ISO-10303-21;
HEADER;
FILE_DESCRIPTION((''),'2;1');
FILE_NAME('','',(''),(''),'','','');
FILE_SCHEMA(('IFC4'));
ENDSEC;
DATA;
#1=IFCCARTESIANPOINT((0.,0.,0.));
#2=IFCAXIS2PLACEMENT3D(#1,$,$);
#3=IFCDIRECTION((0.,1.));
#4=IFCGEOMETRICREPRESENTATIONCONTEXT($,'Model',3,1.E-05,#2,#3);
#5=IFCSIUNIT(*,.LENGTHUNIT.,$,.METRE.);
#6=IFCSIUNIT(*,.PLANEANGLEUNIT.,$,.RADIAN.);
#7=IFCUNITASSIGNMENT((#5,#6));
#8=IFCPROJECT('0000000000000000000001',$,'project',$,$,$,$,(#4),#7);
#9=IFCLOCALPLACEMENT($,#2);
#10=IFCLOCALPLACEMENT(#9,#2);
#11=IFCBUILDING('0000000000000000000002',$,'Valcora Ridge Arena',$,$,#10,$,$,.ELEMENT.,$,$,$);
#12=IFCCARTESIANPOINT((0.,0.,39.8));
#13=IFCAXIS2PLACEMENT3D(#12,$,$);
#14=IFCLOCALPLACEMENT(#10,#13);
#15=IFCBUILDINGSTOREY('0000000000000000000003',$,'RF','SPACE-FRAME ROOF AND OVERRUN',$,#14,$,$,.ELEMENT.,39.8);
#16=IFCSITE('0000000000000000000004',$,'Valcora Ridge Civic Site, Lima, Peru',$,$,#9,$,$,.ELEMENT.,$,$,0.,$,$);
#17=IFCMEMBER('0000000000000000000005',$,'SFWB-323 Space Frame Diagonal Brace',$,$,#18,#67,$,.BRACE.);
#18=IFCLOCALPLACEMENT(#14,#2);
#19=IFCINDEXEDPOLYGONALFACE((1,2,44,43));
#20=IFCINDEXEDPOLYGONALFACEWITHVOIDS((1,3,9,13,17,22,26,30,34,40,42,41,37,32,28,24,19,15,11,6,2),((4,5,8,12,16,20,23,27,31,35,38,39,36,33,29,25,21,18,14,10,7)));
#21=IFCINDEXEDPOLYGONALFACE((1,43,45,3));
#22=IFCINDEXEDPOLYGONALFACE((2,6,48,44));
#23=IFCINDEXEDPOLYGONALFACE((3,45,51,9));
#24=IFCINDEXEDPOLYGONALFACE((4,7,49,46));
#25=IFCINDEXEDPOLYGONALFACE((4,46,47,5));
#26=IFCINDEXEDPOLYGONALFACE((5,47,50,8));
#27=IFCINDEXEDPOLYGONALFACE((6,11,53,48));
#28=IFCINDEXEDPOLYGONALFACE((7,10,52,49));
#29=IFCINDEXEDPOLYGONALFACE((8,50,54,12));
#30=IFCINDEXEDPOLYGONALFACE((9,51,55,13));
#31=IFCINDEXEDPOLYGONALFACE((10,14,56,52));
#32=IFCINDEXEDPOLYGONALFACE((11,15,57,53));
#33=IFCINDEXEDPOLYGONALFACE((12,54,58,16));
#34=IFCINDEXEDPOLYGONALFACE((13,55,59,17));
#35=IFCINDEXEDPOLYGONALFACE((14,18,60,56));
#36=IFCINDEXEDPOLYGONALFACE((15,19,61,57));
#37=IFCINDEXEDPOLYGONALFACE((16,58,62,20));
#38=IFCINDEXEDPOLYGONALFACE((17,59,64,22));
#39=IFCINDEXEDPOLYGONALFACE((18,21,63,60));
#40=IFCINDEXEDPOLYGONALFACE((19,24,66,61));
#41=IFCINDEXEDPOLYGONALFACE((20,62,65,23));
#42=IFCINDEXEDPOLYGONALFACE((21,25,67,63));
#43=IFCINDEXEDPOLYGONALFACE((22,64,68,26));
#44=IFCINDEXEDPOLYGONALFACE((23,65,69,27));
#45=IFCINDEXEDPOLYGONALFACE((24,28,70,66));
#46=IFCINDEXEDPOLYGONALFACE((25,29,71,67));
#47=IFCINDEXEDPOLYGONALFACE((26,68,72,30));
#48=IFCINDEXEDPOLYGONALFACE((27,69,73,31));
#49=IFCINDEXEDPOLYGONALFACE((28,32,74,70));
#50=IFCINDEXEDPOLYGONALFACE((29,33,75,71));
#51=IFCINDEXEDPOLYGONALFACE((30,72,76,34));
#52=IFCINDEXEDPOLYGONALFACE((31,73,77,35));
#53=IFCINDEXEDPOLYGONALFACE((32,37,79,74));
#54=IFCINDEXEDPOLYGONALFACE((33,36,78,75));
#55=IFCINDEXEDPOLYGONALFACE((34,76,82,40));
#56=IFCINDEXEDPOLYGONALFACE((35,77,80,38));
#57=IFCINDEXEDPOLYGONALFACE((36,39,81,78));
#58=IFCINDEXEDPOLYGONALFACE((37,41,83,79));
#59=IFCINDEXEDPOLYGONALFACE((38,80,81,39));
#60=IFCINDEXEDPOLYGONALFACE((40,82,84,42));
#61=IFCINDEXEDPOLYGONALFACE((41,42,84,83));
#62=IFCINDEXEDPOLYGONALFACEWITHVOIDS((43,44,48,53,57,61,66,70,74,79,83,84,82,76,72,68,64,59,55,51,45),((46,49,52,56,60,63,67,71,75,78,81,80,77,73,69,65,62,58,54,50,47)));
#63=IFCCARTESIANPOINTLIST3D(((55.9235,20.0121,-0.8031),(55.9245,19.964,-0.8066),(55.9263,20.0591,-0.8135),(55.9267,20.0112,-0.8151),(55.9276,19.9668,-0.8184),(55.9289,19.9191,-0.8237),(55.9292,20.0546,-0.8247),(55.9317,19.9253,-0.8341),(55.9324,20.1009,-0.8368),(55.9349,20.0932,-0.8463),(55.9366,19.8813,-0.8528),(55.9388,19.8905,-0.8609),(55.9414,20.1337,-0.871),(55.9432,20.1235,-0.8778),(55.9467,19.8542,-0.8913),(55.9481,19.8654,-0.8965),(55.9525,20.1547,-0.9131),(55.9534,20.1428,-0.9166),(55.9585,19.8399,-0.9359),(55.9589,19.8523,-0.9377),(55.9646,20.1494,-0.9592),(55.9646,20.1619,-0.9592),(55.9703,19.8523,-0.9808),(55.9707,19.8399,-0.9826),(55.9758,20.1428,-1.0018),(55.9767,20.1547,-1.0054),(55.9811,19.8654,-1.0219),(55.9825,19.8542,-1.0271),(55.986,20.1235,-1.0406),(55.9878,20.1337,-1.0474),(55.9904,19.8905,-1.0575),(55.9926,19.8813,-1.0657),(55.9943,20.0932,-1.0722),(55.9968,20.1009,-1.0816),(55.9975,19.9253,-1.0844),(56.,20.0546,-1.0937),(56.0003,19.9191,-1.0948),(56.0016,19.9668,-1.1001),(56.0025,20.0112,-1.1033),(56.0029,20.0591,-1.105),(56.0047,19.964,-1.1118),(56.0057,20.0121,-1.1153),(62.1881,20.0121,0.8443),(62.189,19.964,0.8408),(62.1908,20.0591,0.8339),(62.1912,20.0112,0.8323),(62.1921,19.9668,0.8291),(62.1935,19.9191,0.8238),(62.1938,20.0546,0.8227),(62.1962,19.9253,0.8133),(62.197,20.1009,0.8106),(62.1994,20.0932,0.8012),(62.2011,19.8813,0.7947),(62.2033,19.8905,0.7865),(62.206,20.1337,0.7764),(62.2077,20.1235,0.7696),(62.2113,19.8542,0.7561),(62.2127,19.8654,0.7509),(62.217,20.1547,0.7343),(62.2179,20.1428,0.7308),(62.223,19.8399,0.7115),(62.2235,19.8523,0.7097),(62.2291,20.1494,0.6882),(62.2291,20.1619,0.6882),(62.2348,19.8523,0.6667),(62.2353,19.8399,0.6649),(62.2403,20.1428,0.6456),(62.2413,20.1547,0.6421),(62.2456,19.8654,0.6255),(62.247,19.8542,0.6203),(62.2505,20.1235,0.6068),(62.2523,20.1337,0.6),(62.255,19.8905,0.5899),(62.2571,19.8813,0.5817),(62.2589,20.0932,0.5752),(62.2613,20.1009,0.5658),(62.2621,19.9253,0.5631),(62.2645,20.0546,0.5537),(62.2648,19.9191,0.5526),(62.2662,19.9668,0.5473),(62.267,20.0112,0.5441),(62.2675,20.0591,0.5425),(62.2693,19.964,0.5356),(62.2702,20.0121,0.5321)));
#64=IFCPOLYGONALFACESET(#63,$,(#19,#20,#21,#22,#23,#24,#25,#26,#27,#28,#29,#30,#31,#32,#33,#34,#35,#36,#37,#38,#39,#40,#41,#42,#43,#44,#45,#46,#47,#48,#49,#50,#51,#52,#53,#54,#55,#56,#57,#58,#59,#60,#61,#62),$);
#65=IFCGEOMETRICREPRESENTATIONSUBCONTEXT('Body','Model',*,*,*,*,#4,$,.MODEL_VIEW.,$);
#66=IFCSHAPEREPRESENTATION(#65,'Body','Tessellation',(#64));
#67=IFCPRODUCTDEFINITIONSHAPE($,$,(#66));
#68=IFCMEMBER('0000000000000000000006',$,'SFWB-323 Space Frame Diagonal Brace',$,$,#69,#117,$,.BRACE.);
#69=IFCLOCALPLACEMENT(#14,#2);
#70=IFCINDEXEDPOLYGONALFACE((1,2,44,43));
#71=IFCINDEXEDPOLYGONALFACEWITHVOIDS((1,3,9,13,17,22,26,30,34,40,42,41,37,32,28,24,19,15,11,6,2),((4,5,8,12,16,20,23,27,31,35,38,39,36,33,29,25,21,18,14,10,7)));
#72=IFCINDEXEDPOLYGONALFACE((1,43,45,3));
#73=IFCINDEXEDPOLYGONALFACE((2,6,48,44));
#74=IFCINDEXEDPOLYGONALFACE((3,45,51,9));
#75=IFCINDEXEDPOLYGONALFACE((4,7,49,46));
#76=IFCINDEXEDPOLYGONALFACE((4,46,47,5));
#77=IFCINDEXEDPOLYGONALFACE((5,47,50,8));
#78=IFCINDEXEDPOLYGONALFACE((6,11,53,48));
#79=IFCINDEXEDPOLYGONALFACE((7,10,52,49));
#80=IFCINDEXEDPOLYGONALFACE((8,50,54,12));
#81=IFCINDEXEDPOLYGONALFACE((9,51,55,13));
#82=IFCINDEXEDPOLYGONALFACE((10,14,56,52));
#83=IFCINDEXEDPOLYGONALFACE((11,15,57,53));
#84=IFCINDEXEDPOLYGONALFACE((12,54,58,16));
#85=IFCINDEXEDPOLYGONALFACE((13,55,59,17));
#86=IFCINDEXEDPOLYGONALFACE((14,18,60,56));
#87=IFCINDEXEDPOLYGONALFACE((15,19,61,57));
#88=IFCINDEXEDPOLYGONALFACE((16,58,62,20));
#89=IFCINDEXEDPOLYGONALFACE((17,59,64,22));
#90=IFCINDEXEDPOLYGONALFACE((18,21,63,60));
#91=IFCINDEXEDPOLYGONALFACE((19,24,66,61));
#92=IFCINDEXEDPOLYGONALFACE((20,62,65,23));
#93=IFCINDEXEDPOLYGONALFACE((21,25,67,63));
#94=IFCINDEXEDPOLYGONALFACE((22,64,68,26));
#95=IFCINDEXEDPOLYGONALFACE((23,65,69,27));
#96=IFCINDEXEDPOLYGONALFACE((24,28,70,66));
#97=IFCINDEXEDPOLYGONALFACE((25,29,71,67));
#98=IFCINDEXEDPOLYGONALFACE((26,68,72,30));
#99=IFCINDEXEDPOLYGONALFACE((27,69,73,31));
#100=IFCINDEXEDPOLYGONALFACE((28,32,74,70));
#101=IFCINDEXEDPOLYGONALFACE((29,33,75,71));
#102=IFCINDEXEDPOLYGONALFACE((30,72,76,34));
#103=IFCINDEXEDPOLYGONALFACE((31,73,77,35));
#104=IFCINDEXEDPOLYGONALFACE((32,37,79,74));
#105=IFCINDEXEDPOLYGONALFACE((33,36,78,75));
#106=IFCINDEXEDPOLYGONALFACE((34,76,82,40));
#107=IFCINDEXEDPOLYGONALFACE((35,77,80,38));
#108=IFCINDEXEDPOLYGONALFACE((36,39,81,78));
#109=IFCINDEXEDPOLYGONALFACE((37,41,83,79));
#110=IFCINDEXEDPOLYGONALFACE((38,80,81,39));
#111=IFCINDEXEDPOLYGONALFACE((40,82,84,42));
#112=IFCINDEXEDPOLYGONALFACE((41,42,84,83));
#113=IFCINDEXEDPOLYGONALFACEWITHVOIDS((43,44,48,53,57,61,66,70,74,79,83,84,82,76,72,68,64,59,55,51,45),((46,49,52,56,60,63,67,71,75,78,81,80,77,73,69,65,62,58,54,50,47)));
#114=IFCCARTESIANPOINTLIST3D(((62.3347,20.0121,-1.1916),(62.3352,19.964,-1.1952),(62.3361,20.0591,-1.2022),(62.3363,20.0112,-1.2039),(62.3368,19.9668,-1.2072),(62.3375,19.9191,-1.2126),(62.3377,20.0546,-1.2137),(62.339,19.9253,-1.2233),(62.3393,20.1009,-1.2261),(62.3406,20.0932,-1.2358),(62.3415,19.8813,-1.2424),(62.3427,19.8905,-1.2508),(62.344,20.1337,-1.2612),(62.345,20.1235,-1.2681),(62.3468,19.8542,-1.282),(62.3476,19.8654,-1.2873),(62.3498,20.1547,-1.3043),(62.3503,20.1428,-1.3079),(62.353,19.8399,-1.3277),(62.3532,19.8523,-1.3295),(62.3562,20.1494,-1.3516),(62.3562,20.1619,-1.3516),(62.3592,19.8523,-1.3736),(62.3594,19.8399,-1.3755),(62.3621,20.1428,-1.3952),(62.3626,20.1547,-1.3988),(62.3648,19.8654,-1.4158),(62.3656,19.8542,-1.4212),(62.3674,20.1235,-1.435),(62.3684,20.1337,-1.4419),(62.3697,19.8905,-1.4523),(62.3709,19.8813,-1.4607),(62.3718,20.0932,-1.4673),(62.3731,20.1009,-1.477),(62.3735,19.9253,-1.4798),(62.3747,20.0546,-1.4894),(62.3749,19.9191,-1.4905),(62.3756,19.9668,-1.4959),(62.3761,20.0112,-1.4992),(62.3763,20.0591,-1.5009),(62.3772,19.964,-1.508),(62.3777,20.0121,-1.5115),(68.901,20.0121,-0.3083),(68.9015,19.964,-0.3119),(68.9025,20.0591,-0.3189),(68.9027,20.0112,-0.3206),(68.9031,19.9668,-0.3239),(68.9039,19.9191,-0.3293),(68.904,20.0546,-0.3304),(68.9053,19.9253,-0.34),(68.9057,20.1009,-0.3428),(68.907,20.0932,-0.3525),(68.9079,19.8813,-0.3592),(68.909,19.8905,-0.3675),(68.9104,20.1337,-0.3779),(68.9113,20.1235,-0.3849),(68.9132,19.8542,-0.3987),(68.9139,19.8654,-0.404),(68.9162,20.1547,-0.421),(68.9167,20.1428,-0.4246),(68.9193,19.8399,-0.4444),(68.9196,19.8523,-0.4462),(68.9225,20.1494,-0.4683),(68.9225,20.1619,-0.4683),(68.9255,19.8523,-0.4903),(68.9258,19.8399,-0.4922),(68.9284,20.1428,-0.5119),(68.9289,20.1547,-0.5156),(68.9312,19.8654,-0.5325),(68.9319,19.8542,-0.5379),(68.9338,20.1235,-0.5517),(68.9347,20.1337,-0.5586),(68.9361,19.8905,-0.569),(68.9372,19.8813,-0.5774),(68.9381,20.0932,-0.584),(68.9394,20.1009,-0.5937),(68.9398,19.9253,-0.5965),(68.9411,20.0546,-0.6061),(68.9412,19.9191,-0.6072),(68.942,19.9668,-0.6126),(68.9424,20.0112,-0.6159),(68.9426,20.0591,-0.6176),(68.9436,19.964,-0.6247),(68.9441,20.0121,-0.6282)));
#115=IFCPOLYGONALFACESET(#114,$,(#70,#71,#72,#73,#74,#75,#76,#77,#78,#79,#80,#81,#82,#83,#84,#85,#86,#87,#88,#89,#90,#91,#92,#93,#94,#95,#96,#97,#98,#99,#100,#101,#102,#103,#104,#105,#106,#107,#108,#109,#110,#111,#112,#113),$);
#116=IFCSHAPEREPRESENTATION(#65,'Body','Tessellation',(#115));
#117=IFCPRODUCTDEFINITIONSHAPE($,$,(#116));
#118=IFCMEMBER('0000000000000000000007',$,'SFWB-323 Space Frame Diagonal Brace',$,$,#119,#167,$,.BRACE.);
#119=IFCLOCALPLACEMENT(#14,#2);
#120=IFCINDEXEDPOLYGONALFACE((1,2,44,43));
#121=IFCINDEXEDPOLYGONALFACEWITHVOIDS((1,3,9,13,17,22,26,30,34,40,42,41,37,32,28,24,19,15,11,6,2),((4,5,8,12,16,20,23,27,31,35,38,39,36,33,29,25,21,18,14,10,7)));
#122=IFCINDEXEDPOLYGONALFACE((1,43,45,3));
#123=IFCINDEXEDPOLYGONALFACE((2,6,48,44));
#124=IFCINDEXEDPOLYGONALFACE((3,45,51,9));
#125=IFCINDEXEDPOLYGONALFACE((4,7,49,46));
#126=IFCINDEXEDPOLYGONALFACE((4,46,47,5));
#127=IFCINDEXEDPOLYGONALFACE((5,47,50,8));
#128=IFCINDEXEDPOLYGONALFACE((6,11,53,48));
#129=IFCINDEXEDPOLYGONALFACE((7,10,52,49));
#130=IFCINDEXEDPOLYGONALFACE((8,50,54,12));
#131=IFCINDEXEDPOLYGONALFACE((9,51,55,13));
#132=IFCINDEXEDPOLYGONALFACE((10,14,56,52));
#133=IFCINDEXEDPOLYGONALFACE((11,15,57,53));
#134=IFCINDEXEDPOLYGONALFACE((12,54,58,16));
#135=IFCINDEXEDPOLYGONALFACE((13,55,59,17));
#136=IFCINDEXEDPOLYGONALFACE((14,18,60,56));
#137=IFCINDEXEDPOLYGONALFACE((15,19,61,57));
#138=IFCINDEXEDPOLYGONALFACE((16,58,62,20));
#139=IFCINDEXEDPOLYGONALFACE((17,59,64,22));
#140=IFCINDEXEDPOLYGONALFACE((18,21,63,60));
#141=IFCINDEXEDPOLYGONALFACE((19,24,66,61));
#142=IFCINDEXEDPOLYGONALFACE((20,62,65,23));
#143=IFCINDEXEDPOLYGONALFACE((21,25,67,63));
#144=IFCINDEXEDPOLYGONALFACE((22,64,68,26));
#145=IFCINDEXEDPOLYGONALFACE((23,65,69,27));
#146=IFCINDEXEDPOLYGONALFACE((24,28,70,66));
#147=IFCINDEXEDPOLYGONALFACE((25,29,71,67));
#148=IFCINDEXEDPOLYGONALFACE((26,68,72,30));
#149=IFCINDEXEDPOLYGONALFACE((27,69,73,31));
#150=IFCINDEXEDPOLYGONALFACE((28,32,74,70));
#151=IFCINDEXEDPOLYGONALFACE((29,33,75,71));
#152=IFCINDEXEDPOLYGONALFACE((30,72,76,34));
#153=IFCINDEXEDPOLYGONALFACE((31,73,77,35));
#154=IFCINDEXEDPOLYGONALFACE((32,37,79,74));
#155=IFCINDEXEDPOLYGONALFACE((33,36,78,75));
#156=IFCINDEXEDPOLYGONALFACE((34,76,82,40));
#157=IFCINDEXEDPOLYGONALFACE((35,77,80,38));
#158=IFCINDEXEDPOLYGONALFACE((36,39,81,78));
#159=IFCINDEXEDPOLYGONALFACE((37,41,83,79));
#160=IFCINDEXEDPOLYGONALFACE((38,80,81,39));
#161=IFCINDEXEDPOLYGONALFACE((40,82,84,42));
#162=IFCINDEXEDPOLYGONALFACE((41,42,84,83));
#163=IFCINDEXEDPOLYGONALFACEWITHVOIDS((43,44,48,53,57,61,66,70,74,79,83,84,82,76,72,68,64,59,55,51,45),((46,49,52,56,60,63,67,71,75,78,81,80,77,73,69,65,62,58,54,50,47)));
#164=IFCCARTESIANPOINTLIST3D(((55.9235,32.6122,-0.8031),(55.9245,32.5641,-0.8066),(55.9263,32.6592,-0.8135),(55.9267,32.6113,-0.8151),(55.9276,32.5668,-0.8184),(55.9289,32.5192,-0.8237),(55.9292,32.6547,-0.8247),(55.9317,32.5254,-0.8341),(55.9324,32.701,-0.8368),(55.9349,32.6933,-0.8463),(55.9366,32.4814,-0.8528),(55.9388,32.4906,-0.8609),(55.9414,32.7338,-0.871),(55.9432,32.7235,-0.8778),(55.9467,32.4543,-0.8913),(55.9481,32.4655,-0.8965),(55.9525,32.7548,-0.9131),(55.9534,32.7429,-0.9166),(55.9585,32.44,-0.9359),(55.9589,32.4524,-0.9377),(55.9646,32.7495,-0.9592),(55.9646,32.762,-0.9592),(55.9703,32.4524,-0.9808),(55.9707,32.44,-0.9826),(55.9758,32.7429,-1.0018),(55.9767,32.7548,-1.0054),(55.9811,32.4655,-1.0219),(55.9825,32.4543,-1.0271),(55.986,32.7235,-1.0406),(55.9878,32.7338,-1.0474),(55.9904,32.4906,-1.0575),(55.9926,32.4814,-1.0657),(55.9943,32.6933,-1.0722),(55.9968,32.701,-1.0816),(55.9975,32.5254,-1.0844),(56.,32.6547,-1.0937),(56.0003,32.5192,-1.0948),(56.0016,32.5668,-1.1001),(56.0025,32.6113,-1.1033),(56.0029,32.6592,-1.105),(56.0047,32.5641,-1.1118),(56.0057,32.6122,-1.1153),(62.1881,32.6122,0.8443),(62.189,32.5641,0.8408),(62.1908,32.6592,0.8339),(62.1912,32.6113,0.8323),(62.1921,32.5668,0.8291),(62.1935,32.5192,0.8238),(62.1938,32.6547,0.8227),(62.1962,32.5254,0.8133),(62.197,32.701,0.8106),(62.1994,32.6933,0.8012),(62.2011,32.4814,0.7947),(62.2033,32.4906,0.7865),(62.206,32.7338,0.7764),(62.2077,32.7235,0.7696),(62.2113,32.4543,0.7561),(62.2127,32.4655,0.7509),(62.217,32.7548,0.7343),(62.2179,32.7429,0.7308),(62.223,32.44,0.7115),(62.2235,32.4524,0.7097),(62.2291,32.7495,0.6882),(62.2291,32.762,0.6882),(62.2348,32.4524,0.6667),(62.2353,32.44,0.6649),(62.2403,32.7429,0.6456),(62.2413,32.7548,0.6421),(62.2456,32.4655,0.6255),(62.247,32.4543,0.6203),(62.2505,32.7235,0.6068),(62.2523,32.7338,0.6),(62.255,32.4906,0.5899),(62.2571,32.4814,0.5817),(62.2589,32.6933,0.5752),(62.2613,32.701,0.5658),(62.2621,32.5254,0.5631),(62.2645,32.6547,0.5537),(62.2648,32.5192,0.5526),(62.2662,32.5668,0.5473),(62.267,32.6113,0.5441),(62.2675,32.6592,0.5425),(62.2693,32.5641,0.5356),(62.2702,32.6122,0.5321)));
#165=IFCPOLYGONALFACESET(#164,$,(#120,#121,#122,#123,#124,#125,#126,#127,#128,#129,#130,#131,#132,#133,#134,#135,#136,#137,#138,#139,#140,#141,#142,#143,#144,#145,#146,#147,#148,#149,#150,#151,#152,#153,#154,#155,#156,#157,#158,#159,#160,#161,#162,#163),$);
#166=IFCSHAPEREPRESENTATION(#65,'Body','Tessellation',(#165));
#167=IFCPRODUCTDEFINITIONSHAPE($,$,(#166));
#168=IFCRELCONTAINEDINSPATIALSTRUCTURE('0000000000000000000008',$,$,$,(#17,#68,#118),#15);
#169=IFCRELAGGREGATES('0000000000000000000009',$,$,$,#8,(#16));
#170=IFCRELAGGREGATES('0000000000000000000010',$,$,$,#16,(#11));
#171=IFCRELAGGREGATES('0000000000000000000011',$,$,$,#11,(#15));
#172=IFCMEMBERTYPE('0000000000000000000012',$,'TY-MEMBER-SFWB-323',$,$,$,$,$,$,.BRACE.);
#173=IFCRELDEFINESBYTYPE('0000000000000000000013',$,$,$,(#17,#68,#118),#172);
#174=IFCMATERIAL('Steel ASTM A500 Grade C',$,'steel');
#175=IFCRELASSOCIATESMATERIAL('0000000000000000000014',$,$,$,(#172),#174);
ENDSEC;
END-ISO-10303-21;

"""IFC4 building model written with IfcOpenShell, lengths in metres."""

from ifc_helpers import new_model, si_unit, direction, frame, origin, origin_2d, place, context, subcontext, project, spatial, hollow_circle, extrude, material, material_profile, profile_set, type_object, element, save


model = new_model("IFC4")

# Units and contexts
model_context = context("Model", 3, precision=1e-05, world=origin(), true_north=direction((0.0, 1.0)))
body_context = subcontext(model_context, "Body", "Model", "MODEL_VIEW")
ifc_project = project(units=[si_unit("LENGTHUNIT", "METRE"), si_unit("PLANEANGLEUNIT", "RADIAN")], contexts=[model_context])

# Site, building, storey
site_placement = place(None, origin())
site = spatial("IfcSite", under=ifc_project, at=site_placement, Name="Valcora Ridge Civic Site, Lima, Peru", CompositionType="ELEMENT", RefElevation=0.0)
building_placement = place(site_placement, origin())
building = spatial("IfcBuilding", under=site, at=building_placement, Name="Valcora Ridge Arena", CompositionType="ELEMENT")
storey_placement = place(building_placement, frame((0.0, 0.0, 39.8)))
storey = spatial("IfcBuildingStorey", under=building, at=storey_placement, Name="RF", Description="SPACE-FRAME ROOF AND OVERRUN", CompositionType="ELEMENT", Elevation=39.8)

# Members
ifc_material_1 = material(Name="Steel ASTM A500 Grade C", Category="steel")
ifc_material_profile_1 = material_profile(ifc_material_1, hollow_circle(Radius=0.1619, WallThickness=0.0125, at=origin_2d()), Name="CHS323X12")
ifc_profile_set_1 = profile_set([ifc_material_profile_1], Name="Steel ASTM A500 Grade C")
member_type_1 = type_object("IfcMemberType", Name="TY-MEMBER-SFWB-323", PredefinedType="BRACE", material=ifc_profile_set_1)
member_1_placement = place(storey_placement, frame((55.9646, 20.0, -0.9592), z_axis=(0.967117, 0.0, 0.25433), x_axis=(0.0, 1.0, 0.0)))
element("IfcMember", 1, at=member_1_placement, inside=storey, type_object=member_type_1, Name="SFWB-323 Space Frame Diagonal Brace", PredefinedType="BRACE", context=body_context, shape_type="SweptSolid", body=[
    extrude(hollow_circle(Radius=0.1619, WallThickness=0.0125, at=origin_2d()), origin(), (0.0, 0.0, 1.0), 6.4775),
])
member_2_placement = place(storey_placement, frame((62.3562, 20.0, -1.3516), z_axis=(0.991073, 0.0, 0.133317), x_axis=(0.0, 1.0, 0.0)))
element("IfcMember", 2, at=member_2_placement, inside=storey, type_object=member_type_1, Name="SFWB-323 Space Frame Diagonal Brace", PredefinedType="BRACE", context=body_context, shape_type="SweptSolid", body=[
    extrude(hollow_circle(Radius=0.1619, WallThickness=0.0125, at=origin_2d()), origin(), (0.0, 0.0, 1.0), 6.6255),
])
member_3_placement = place(storey_placement, frame((55.9646, 32.6001, -0.9592), z_axis=(0.967117, 0.0, 0.25433), x_axis=(0.0, 1.0, 0.0)))
element("IfcMember", 3, at=member_3_placement, inside=storey, type_object=member_type_1, Name="SFWB-323 Space Frame Diagonal Brace", PredefinedType="BRACE", context=body_context, shape_type="SweptSolid", body=[
    extrude(hollow_circle(Radius=0.1619, WallThickness=0.0125, at=origin_2d()), origin(), (0.0, 0.0, 1.0), 6.4775),
])

save(model, "model.ifc")
